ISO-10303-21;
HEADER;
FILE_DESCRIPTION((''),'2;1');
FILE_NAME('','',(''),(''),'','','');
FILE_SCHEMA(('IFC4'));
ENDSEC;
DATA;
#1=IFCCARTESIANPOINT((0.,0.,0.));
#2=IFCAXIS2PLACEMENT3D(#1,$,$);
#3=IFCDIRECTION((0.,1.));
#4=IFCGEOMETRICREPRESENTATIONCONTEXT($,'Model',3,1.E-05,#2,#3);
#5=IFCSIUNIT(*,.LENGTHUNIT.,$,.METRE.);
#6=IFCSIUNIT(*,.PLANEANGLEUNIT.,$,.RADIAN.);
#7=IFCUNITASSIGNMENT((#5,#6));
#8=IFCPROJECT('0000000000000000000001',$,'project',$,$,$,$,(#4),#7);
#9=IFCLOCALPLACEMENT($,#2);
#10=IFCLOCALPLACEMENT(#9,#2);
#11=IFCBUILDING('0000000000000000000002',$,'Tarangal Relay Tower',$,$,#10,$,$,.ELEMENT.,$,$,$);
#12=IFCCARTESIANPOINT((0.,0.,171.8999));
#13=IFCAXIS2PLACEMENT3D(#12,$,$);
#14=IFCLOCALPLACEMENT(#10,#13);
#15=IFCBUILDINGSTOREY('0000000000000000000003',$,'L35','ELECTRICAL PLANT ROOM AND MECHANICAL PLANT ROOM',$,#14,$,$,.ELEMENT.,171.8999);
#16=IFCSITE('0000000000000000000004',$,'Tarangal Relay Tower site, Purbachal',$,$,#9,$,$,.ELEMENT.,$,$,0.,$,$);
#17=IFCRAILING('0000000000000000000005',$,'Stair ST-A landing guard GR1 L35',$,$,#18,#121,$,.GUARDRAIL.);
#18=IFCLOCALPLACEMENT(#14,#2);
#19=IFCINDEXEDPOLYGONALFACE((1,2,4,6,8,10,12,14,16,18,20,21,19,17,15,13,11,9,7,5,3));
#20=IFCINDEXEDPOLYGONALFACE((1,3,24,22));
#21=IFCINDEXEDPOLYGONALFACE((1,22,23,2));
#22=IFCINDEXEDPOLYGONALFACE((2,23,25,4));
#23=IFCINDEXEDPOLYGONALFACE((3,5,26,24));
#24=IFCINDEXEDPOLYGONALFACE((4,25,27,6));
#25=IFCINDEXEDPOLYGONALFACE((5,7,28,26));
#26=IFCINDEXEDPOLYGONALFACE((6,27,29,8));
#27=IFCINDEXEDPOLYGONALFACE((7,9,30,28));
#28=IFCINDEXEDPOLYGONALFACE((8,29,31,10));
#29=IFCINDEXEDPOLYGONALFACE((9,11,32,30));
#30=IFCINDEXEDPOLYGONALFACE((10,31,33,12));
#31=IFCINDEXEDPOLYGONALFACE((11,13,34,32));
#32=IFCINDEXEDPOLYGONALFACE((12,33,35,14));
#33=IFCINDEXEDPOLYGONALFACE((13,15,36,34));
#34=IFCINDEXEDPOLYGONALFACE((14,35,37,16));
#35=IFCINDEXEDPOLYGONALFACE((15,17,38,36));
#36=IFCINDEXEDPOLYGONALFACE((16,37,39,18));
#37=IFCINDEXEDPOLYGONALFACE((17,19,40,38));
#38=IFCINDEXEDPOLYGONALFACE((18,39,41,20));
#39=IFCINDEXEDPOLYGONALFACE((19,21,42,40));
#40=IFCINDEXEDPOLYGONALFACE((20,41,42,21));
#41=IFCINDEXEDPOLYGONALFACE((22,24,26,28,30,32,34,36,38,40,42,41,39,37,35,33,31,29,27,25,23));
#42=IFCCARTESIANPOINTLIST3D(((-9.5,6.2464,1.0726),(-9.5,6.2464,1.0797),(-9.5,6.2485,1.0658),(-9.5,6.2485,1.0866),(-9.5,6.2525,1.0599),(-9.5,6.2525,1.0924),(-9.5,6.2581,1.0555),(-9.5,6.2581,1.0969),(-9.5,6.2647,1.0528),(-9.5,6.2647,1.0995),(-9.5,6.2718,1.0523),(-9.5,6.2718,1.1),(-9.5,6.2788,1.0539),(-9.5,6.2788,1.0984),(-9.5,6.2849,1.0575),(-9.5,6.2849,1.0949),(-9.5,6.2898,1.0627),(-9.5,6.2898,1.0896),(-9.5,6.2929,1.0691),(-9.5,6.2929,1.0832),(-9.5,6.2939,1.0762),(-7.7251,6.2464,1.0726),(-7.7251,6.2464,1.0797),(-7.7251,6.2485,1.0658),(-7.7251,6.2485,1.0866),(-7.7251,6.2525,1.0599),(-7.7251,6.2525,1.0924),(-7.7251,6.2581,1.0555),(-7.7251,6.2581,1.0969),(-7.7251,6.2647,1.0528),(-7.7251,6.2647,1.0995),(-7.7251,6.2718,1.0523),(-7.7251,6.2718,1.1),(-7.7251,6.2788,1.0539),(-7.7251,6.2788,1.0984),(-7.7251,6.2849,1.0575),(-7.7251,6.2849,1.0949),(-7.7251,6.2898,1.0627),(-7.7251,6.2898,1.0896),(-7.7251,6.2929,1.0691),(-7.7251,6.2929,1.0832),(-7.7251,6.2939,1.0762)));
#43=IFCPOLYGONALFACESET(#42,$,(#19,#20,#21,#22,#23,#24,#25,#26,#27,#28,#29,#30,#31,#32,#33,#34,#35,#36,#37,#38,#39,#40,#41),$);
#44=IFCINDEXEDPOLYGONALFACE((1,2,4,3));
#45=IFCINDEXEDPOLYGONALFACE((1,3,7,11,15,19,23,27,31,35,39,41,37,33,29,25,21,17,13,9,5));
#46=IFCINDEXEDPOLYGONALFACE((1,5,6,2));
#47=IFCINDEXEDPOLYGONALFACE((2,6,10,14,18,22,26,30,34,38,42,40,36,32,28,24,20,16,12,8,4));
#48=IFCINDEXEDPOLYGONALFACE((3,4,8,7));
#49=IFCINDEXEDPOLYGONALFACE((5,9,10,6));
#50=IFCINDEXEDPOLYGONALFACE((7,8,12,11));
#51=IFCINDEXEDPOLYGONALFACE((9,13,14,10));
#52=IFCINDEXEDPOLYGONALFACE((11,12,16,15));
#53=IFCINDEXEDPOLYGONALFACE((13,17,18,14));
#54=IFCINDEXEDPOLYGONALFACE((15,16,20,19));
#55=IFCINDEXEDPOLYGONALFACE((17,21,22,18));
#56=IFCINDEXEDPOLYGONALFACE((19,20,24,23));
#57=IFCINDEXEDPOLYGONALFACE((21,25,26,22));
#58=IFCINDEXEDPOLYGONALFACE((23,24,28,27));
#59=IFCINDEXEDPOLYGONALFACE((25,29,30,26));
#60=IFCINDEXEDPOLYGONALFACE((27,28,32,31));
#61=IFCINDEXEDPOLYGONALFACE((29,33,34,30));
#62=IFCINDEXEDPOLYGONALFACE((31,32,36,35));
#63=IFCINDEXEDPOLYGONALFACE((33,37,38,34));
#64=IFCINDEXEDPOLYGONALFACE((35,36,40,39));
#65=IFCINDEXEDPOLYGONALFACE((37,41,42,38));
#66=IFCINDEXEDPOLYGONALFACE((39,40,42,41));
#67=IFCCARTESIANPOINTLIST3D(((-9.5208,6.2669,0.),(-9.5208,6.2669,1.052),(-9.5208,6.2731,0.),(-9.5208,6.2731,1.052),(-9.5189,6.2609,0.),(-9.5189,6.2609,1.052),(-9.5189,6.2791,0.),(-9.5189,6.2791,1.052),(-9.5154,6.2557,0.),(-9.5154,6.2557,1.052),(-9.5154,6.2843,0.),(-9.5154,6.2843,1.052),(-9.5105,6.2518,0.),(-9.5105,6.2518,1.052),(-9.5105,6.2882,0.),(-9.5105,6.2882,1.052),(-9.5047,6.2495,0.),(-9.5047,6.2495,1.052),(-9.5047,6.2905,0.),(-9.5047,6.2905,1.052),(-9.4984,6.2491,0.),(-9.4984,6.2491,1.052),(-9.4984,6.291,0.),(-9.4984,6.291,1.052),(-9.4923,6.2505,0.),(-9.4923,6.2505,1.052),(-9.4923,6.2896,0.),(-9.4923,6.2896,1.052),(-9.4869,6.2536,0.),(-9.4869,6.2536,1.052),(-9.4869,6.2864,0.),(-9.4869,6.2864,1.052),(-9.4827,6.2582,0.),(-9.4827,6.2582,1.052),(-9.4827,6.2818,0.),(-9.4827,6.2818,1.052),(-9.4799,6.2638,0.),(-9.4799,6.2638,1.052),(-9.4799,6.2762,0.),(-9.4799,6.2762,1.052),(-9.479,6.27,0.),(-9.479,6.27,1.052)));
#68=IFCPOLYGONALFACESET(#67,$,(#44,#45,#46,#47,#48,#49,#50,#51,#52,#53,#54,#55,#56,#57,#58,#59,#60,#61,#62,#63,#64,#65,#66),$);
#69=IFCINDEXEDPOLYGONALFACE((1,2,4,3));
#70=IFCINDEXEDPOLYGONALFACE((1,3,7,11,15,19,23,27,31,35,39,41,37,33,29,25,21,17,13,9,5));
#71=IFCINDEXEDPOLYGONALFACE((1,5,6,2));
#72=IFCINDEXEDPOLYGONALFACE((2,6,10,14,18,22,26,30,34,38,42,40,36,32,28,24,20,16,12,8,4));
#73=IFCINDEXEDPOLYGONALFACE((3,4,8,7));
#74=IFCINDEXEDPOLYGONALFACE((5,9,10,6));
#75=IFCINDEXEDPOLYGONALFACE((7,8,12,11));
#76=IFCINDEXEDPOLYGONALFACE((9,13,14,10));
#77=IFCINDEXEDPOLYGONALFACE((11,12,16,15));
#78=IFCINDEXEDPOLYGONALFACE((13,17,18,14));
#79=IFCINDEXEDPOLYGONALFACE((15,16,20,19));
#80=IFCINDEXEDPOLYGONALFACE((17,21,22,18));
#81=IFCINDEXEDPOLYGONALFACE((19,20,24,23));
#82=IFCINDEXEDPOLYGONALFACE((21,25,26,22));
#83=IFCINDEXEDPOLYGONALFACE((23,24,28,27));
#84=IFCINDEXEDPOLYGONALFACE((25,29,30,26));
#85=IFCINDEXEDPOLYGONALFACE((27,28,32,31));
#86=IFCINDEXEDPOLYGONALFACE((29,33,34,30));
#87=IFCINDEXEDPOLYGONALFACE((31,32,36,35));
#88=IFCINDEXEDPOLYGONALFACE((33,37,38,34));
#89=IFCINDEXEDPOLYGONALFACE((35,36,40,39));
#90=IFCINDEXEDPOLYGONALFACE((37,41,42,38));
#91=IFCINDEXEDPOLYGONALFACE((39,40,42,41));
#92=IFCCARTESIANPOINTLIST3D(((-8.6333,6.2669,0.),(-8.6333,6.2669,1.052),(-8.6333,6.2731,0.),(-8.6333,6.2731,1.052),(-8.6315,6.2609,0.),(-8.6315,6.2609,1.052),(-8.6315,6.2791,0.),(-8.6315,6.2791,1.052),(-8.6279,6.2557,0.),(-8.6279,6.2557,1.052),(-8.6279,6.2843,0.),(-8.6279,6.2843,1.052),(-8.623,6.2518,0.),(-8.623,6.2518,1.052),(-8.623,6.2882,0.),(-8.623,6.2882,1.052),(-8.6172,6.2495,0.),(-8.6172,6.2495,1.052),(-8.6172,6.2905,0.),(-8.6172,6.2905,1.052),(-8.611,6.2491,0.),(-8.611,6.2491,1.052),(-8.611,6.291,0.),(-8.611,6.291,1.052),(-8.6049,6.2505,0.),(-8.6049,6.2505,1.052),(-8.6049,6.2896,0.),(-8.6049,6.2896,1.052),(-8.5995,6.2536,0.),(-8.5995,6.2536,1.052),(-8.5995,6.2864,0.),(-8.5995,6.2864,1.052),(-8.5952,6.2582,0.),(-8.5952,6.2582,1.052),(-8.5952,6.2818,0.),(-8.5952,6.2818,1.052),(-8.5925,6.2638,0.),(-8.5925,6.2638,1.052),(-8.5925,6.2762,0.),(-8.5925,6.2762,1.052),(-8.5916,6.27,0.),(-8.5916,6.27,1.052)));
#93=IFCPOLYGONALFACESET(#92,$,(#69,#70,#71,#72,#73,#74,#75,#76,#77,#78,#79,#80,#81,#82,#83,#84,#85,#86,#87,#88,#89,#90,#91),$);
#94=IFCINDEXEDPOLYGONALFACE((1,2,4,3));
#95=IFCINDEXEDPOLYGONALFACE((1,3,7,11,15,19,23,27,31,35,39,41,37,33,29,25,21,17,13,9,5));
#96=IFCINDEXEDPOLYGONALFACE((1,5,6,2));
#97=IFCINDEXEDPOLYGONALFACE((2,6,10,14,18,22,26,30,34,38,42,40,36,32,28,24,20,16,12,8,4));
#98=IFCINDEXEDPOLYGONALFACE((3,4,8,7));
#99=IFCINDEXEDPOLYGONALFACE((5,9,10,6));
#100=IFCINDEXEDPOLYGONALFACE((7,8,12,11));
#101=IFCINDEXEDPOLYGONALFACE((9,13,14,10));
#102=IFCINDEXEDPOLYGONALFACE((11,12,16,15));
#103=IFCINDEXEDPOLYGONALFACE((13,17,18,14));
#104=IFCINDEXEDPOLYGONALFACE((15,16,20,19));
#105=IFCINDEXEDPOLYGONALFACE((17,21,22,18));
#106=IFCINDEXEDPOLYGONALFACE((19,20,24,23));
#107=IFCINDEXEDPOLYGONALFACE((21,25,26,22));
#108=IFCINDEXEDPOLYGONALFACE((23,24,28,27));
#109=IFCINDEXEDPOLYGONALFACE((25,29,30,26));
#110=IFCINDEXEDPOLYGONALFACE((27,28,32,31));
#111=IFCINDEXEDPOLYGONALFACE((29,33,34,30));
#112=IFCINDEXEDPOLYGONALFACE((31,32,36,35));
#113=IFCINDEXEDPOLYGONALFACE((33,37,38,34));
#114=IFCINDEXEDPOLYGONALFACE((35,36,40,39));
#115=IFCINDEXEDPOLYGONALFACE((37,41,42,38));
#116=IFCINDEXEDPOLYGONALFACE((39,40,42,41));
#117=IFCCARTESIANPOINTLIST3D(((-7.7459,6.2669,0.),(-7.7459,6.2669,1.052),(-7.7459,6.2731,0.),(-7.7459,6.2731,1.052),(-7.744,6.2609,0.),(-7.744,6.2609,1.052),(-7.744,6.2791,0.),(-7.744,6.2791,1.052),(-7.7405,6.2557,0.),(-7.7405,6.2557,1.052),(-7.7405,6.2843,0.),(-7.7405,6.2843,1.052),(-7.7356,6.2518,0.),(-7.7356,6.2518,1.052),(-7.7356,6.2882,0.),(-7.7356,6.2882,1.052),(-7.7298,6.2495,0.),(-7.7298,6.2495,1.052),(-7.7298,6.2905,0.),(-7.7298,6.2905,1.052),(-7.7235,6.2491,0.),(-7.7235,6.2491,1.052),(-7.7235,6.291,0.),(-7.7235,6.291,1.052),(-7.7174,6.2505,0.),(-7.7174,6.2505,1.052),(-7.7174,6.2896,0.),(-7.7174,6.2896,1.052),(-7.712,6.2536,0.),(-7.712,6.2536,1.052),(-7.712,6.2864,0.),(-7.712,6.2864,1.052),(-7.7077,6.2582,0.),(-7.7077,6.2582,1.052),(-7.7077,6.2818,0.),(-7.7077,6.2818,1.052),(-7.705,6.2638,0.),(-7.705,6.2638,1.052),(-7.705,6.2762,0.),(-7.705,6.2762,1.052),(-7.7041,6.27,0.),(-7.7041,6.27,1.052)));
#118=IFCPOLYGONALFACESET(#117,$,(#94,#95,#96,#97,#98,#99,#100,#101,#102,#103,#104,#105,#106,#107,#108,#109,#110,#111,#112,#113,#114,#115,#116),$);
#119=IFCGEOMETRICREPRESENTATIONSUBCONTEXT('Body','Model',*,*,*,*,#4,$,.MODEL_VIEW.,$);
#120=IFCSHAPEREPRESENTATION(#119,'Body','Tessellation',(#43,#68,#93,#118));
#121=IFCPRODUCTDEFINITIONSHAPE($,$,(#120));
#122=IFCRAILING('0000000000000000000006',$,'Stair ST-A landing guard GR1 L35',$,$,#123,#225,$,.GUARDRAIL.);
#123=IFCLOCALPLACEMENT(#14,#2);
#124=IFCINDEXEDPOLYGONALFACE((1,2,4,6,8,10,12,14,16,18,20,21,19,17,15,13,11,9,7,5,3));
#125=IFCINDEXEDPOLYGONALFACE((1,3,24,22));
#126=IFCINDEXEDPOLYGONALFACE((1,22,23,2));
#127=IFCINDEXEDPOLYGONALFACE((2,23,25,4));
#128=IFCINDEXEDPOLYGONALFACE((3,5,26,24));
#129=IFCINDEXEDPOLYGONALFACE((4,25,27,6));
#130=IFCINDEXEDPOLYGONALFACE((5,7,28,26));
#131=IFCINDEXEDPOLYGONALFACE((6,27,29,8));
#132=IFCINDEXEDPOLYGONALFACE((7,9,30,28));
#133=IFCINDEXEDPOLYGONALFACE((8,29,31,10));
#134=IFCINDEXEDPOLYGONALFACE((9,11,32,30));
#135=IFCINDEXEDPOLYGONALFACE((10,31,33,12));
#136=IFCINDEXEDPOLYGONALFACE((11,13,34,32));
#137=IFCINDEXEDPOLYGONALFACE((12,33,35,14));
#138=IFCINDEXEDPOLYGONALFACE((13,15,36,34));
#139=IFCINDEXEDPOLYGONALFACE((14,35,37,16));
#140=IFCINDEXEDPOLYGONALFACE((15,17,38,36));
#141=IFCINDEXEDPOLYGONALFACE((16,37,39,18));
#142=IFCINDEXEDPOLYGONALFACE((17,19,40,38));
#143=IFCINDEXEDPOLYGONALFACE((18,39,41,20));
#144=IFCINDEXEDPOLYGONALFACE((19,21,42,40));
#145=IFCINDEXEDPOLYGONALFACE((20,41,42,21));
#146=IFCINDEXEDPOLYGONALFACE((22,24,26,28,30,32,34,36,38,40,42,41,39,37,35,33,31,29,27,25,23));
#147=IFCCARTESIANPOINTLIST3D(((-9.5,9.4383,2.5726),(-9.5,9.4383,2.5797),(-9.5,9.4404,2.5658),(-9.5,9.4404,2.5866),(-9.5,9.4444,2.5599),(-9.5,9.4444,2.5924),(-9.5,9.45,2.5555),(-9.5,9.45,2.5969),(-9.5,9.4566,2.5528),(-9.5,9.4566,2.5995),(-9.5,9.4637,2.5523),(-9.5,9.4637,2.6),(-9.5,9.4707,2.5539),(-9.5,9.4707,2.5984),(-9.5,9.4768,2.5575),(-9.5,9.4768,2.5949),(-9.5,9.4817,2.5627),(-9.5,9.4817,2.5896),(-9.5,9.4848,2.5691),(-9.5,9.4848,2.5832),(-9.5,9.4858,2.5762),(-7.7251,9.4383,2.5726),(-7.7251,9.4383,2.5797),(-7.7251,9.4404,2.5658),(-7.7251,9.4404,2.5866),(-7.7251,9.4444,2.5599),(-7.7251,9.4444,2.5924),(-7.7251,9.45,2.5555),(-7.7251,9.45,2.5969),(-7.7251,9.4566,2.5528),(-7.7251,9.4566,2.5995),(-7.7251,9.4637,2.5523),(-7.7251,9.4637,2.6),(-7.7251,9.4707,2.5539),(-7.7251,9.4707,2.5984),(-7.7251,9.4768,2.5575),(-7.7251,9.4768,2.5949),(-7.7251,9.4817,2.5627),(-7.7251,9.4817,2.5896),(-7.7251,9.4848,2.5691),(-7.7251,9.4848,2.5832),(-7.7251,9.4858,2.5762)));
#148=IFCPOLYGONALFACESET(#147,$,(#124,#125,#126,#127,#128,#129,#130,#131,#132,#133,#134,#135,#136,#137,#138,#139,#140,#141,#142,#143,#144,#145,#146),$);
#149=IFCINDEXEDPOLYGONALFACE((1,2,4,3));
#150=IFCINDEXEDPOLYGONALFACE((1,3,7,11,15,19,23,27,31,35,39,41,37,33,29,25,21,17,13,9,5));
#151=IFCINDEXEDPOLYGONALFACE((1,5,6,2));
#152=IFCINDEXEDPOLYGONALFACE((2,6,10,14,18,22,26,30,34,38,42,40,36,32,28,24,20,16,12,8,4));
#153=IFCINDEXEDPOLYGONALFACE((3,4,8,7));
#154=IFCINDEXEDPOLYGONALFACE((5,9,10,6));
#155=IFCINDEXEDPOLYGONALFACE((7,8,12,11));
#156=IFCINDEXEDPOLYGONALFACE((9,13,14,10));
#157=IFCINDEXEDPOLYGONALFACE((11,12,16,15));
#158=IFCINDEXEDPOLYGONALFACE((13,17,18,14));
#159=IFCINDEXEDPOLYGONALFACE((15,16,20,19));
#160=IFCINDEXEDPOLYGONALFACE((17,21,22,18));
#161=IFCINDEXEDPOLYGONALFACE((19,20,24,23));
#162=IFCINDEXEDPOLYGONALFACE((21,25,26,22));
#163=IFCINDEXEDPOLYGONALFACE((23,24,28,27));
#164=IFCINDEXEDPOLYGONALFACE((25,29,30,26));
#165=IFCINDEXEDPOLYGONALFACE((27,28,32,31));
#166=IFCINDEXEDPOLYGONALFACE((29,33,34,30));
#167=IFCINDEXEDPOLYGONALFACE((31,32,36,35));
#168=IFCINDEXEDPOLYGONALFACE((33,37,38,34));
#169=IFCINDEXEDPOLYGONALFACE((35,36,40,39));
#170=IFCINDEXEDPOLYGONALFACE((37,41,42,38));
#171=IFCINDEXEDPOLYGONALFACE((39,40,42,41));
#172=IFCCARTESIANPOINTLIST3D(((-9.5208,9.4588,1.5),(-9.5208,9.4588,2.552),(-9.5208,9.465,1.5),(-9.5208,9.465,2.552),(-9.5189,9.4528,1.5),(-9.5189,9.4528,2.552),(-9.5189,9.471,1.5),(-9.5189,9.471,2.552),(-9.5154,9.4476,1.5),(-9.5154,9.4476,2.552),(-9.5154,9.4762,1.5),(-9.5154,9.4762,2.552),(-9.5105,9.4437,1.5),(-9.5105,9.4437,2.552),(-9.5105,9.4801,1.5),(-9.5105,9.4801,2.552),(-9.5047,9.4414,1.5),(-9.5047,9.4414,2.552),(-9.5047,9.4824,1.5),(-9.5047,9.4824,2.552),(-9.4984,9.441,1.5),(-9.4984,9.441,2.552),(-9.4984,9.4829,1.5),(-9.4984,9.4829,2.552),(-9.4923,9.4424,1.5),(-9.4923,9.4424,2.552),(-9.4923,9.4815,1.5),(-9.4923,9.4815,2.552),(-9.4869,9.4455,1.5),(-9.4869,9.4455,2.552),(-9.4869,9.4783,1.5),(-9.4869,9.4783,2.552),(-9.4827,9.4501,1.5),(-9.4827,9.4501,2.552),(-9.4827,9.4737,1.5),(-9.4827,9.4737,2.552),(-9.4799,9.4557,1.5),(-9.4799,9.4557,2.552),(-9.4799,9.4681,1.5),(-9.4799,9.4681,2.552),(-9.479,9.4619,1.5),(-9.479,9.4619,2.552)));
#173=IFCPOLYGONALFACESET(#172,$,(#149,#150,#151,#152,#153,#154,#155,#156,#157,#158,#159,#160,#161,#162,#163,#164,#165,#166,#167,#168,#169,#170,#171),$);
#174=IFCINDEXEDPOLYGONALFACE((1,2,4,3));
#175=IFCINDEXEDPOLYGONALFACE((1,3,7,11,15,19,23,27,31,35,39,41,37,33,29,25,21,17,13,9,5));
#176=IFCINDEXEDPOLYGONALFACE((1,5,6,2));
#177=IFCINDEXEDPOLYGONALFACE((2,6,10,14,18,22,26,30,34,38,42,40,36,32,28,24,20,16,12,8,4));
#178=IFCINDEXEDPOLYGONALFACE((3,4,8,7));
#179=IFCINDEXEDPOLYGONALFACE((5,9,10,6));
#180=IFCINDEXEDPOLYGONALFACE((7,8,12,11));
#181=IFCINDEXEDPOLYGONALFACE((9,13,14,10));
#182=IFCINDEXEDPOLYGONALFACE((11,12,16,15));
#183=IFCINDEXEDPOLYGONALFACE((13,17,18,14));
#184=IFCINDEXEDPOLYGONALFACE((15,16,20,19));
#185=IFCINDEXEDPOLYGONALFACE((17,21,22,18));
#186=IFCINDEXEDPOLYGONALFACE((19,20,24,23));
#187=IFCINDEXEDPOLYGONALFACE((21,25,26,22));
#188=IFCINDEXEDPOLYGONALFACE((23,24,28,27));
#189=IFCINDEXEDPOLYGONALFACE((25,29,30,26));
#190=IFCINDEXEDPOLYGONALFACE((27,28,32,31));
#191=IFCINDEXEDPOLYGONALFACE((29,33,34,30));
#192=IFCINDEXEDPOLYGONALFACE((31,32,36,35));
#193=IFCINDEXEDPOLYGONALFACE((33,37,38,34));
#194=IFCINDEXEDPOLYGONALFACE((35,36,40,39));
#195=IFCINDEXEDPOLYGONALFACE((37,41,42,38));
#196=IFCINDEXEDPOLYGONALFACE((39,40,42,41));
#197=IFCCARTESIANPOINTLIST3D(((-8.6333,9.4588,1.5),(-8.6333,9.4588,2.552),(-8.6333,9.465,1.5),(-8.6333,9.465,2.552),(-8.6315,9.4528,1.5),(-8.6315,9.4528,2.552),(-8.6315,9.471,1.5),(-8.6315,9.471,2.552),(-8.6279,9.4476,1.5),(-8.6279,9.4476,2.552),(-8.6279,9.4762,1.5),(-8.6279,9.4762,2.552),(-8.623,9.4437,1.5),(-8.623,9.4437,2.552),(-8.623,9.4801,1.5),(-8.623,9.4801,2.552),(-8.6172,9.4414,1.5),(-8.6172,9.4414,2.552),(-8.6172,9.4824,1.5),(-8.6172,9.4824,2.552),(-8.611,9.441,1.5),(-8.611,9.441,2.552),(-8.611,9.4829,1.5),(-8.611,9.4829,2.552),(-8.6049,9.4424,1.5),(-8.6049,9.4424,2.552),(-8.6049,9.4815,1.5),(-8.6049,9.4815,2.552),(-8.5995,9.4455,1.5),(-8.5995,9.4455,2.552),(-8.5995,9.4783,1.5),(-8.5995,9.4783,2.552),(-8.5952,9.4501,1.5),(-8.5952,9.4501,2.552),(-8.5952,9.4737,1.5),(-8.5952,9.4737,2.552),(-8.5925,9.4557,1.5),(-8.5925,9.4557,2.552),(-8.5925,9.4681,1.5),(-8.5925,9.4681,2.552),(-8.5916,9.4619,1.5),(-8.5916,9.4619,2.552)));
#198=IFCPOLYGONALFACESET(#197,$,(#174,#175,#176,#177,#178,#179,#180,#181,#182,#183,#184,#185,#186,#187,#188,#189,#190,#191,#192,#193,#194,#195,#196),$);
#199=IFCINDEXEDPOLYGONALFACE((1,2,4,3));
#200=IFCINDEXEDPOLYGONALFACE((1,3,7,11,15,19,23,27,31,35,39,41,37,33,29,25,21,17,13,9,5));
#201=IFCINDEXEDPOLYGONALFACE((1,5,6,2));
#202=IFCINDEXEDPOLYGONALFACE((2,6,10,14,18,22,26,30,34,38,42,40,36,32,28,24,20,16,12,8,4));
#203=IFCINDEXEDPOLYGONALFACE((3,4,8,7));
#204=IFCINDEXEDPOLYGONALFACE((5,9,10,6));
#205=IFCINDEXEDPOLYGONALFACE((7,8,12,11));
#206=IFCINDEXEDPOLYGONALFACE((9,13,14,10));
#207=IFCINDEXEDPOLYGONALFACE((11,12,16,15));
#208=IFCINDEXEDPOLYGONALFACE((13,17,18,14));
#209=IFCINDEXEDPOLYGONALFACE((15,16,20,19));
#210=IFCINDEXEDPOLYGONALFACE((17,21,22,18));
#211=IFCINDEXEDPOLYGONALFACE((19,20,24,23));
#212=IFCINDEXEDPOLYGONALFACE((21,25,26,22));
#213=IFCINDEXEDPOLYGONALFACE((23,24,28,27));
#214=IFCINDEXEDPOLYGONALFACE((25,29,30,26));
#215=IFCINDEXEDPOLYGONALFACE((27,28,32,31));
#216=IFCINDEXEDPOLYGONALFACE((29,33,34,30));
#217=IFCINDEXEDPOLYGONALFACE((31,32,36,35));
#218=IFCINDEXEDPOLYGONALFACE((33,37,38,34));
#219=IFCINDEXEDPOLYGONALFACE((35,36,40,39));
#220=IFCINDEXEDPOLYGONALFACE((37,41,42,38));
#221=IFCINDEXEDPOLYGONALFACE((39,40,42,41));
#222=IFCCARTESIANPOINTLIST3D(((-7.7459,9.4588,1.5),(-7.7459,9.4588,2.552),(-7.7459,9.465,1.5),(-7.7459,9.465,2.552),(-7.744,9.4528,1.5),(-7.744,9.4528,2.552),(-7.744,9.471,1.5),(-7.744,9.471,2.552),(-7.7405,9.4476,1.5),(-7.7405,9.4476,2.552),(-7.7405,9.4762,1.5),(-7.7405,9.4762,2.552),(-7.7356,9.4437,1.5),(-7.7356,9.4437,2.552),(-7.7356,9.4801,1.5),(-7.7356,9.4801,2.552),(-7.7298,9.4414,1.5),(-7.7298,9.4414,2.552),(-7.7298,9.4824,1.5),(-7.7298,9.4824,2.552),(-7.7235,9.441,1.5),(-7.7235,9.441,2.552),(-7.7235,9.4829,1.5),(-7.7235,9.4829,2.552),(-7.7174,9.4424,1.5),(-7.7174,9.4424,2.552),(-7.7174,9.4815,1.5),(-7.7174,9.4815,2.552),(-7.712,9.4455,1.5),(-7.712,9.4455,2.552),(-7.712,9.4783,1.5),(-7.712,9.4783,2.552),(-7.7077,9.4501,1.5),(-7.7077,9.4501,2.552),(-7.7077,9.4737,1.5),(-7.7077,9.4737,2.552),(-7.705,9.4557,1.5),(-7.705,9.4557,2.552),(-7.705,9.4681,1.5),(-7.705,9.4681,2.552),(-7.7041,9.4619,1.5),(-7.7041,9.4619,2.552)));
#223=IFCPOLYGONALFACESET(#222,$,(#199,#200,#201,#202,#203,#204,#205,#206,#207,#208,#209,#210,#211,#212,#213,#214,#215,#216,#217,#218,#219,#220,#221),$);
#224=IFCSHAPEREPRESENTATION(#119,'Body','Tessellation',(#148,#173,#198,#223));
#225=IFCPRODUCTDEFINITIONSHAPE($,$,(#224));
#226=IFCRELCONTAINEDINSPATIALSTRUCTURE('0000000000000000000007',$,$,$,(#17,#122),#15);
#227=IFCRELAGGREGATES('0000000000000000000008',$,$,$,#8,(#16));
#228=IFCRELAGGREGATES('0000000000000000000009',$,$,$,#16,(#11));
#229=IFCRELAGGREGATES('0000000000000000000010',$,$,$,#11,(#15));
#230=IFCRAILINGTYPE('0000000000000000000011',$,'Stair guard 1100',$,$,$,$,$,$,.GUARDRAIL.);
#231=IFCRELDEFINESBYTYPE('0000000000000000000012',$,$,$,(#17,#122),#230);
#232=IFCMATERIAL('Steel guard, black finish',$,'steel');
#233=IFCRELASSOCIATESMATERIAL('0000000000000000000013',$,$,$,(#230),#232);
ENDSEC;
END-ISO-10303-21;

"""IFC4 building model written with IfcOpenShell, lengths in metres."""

from ifc_helpers import new_model, si_unit, direction, frame, origin, origin_2d, place, context, subcontext, project, spatial, circle, extrude, material, type_object, element, save


model = new_model("IFC4")

# Units and contexts
model_context = context("Model", 3, precision=1e-05, world=origin(), true_north=direction((0.0, 1.0)))
body_context = subcontext(model_context, "Body", "Model", "MODEL_VIEW")
ifc_project = project(units=[si_unit("LENGTHUNIT", "METRE"), si_unit("PLANEANGLEUNIT", "RADIAN")], contexts=[model_context])

# Site, building, storey
site_placement = place(None, origin())
site = spatial("IfcSite", under=ifc_project, at=site_placement, Name="Tarangal Relay Tower site, Purbachal", CompositionType="ELEMENT", RefElevation=0.0)
building_placement = place(site_placement, origin())
building = spatial("IfcBuilding", under=site, at=building_placement, Name="Tarangal Relay Tower", CompositionType="ELEMENT")
storey_placement = place(building_placement, frame((0.0, 0.0, 171.8999)))
storey = spatial("IfcBuildingStorey", under=building, at=storey_placement, Name="L35", Description="ELECTRICAL PLANT ROOM AND MECHANICAL PLANT ROOM", CompositionType="ELEMENT", Elevation=171.8999)

# Railings
ifc_material_1 = material(Name="Steel guard, black finish", Category="steel")
railing_type_1 = type_object("IfcRailingType", Name="Stair guard 1100", PredefinedType="GUARDRAIL", material=ifc_material_1)
for number, where, name in (
    (1, (-9.5, 6.27, 0.0), "Stair ST-A landing guard GR1 L35"),
    (2, (-9.5, 9.4619, 1.5), "Stair ST-A landing guard GR1 L35"),
):
    element("IfcRailing", number, at=place(storey_placement, frame(where)), inside=storey, type_object=railing_type_1, Name=name, PredefinedType="GUARDRAIL", context=body_context, shape_type="SweptSolid", body=[
        extrude(circle(Radius=0.0239, at=origin_2d()), frame((0.0, 0.0, 1.0762), z_axis=(1.0, 0.0, 0.0), x_axis=(0.0, 1.0, 0.0)), (0.0, 0.0, 1.0), 1.7749),
        extrude(circle(Radius=0.021, at=origin_2d()), origin(), (0.0, 0.0, 1.0), 1.052),
        extrude(circle(Radius=0.021, at=origin_2d()), frame((0.8875, 0.0, 0.0)), (0.0, 0.0, 1.0), 1.052),
        extrude(circle(Radius=0.021, at=origin_2d()), frame((1.7749, 0.0, 0.0)), (0.0, 0.0, 1.0), 1.052),
    ])

save(model, "model.ifc")
